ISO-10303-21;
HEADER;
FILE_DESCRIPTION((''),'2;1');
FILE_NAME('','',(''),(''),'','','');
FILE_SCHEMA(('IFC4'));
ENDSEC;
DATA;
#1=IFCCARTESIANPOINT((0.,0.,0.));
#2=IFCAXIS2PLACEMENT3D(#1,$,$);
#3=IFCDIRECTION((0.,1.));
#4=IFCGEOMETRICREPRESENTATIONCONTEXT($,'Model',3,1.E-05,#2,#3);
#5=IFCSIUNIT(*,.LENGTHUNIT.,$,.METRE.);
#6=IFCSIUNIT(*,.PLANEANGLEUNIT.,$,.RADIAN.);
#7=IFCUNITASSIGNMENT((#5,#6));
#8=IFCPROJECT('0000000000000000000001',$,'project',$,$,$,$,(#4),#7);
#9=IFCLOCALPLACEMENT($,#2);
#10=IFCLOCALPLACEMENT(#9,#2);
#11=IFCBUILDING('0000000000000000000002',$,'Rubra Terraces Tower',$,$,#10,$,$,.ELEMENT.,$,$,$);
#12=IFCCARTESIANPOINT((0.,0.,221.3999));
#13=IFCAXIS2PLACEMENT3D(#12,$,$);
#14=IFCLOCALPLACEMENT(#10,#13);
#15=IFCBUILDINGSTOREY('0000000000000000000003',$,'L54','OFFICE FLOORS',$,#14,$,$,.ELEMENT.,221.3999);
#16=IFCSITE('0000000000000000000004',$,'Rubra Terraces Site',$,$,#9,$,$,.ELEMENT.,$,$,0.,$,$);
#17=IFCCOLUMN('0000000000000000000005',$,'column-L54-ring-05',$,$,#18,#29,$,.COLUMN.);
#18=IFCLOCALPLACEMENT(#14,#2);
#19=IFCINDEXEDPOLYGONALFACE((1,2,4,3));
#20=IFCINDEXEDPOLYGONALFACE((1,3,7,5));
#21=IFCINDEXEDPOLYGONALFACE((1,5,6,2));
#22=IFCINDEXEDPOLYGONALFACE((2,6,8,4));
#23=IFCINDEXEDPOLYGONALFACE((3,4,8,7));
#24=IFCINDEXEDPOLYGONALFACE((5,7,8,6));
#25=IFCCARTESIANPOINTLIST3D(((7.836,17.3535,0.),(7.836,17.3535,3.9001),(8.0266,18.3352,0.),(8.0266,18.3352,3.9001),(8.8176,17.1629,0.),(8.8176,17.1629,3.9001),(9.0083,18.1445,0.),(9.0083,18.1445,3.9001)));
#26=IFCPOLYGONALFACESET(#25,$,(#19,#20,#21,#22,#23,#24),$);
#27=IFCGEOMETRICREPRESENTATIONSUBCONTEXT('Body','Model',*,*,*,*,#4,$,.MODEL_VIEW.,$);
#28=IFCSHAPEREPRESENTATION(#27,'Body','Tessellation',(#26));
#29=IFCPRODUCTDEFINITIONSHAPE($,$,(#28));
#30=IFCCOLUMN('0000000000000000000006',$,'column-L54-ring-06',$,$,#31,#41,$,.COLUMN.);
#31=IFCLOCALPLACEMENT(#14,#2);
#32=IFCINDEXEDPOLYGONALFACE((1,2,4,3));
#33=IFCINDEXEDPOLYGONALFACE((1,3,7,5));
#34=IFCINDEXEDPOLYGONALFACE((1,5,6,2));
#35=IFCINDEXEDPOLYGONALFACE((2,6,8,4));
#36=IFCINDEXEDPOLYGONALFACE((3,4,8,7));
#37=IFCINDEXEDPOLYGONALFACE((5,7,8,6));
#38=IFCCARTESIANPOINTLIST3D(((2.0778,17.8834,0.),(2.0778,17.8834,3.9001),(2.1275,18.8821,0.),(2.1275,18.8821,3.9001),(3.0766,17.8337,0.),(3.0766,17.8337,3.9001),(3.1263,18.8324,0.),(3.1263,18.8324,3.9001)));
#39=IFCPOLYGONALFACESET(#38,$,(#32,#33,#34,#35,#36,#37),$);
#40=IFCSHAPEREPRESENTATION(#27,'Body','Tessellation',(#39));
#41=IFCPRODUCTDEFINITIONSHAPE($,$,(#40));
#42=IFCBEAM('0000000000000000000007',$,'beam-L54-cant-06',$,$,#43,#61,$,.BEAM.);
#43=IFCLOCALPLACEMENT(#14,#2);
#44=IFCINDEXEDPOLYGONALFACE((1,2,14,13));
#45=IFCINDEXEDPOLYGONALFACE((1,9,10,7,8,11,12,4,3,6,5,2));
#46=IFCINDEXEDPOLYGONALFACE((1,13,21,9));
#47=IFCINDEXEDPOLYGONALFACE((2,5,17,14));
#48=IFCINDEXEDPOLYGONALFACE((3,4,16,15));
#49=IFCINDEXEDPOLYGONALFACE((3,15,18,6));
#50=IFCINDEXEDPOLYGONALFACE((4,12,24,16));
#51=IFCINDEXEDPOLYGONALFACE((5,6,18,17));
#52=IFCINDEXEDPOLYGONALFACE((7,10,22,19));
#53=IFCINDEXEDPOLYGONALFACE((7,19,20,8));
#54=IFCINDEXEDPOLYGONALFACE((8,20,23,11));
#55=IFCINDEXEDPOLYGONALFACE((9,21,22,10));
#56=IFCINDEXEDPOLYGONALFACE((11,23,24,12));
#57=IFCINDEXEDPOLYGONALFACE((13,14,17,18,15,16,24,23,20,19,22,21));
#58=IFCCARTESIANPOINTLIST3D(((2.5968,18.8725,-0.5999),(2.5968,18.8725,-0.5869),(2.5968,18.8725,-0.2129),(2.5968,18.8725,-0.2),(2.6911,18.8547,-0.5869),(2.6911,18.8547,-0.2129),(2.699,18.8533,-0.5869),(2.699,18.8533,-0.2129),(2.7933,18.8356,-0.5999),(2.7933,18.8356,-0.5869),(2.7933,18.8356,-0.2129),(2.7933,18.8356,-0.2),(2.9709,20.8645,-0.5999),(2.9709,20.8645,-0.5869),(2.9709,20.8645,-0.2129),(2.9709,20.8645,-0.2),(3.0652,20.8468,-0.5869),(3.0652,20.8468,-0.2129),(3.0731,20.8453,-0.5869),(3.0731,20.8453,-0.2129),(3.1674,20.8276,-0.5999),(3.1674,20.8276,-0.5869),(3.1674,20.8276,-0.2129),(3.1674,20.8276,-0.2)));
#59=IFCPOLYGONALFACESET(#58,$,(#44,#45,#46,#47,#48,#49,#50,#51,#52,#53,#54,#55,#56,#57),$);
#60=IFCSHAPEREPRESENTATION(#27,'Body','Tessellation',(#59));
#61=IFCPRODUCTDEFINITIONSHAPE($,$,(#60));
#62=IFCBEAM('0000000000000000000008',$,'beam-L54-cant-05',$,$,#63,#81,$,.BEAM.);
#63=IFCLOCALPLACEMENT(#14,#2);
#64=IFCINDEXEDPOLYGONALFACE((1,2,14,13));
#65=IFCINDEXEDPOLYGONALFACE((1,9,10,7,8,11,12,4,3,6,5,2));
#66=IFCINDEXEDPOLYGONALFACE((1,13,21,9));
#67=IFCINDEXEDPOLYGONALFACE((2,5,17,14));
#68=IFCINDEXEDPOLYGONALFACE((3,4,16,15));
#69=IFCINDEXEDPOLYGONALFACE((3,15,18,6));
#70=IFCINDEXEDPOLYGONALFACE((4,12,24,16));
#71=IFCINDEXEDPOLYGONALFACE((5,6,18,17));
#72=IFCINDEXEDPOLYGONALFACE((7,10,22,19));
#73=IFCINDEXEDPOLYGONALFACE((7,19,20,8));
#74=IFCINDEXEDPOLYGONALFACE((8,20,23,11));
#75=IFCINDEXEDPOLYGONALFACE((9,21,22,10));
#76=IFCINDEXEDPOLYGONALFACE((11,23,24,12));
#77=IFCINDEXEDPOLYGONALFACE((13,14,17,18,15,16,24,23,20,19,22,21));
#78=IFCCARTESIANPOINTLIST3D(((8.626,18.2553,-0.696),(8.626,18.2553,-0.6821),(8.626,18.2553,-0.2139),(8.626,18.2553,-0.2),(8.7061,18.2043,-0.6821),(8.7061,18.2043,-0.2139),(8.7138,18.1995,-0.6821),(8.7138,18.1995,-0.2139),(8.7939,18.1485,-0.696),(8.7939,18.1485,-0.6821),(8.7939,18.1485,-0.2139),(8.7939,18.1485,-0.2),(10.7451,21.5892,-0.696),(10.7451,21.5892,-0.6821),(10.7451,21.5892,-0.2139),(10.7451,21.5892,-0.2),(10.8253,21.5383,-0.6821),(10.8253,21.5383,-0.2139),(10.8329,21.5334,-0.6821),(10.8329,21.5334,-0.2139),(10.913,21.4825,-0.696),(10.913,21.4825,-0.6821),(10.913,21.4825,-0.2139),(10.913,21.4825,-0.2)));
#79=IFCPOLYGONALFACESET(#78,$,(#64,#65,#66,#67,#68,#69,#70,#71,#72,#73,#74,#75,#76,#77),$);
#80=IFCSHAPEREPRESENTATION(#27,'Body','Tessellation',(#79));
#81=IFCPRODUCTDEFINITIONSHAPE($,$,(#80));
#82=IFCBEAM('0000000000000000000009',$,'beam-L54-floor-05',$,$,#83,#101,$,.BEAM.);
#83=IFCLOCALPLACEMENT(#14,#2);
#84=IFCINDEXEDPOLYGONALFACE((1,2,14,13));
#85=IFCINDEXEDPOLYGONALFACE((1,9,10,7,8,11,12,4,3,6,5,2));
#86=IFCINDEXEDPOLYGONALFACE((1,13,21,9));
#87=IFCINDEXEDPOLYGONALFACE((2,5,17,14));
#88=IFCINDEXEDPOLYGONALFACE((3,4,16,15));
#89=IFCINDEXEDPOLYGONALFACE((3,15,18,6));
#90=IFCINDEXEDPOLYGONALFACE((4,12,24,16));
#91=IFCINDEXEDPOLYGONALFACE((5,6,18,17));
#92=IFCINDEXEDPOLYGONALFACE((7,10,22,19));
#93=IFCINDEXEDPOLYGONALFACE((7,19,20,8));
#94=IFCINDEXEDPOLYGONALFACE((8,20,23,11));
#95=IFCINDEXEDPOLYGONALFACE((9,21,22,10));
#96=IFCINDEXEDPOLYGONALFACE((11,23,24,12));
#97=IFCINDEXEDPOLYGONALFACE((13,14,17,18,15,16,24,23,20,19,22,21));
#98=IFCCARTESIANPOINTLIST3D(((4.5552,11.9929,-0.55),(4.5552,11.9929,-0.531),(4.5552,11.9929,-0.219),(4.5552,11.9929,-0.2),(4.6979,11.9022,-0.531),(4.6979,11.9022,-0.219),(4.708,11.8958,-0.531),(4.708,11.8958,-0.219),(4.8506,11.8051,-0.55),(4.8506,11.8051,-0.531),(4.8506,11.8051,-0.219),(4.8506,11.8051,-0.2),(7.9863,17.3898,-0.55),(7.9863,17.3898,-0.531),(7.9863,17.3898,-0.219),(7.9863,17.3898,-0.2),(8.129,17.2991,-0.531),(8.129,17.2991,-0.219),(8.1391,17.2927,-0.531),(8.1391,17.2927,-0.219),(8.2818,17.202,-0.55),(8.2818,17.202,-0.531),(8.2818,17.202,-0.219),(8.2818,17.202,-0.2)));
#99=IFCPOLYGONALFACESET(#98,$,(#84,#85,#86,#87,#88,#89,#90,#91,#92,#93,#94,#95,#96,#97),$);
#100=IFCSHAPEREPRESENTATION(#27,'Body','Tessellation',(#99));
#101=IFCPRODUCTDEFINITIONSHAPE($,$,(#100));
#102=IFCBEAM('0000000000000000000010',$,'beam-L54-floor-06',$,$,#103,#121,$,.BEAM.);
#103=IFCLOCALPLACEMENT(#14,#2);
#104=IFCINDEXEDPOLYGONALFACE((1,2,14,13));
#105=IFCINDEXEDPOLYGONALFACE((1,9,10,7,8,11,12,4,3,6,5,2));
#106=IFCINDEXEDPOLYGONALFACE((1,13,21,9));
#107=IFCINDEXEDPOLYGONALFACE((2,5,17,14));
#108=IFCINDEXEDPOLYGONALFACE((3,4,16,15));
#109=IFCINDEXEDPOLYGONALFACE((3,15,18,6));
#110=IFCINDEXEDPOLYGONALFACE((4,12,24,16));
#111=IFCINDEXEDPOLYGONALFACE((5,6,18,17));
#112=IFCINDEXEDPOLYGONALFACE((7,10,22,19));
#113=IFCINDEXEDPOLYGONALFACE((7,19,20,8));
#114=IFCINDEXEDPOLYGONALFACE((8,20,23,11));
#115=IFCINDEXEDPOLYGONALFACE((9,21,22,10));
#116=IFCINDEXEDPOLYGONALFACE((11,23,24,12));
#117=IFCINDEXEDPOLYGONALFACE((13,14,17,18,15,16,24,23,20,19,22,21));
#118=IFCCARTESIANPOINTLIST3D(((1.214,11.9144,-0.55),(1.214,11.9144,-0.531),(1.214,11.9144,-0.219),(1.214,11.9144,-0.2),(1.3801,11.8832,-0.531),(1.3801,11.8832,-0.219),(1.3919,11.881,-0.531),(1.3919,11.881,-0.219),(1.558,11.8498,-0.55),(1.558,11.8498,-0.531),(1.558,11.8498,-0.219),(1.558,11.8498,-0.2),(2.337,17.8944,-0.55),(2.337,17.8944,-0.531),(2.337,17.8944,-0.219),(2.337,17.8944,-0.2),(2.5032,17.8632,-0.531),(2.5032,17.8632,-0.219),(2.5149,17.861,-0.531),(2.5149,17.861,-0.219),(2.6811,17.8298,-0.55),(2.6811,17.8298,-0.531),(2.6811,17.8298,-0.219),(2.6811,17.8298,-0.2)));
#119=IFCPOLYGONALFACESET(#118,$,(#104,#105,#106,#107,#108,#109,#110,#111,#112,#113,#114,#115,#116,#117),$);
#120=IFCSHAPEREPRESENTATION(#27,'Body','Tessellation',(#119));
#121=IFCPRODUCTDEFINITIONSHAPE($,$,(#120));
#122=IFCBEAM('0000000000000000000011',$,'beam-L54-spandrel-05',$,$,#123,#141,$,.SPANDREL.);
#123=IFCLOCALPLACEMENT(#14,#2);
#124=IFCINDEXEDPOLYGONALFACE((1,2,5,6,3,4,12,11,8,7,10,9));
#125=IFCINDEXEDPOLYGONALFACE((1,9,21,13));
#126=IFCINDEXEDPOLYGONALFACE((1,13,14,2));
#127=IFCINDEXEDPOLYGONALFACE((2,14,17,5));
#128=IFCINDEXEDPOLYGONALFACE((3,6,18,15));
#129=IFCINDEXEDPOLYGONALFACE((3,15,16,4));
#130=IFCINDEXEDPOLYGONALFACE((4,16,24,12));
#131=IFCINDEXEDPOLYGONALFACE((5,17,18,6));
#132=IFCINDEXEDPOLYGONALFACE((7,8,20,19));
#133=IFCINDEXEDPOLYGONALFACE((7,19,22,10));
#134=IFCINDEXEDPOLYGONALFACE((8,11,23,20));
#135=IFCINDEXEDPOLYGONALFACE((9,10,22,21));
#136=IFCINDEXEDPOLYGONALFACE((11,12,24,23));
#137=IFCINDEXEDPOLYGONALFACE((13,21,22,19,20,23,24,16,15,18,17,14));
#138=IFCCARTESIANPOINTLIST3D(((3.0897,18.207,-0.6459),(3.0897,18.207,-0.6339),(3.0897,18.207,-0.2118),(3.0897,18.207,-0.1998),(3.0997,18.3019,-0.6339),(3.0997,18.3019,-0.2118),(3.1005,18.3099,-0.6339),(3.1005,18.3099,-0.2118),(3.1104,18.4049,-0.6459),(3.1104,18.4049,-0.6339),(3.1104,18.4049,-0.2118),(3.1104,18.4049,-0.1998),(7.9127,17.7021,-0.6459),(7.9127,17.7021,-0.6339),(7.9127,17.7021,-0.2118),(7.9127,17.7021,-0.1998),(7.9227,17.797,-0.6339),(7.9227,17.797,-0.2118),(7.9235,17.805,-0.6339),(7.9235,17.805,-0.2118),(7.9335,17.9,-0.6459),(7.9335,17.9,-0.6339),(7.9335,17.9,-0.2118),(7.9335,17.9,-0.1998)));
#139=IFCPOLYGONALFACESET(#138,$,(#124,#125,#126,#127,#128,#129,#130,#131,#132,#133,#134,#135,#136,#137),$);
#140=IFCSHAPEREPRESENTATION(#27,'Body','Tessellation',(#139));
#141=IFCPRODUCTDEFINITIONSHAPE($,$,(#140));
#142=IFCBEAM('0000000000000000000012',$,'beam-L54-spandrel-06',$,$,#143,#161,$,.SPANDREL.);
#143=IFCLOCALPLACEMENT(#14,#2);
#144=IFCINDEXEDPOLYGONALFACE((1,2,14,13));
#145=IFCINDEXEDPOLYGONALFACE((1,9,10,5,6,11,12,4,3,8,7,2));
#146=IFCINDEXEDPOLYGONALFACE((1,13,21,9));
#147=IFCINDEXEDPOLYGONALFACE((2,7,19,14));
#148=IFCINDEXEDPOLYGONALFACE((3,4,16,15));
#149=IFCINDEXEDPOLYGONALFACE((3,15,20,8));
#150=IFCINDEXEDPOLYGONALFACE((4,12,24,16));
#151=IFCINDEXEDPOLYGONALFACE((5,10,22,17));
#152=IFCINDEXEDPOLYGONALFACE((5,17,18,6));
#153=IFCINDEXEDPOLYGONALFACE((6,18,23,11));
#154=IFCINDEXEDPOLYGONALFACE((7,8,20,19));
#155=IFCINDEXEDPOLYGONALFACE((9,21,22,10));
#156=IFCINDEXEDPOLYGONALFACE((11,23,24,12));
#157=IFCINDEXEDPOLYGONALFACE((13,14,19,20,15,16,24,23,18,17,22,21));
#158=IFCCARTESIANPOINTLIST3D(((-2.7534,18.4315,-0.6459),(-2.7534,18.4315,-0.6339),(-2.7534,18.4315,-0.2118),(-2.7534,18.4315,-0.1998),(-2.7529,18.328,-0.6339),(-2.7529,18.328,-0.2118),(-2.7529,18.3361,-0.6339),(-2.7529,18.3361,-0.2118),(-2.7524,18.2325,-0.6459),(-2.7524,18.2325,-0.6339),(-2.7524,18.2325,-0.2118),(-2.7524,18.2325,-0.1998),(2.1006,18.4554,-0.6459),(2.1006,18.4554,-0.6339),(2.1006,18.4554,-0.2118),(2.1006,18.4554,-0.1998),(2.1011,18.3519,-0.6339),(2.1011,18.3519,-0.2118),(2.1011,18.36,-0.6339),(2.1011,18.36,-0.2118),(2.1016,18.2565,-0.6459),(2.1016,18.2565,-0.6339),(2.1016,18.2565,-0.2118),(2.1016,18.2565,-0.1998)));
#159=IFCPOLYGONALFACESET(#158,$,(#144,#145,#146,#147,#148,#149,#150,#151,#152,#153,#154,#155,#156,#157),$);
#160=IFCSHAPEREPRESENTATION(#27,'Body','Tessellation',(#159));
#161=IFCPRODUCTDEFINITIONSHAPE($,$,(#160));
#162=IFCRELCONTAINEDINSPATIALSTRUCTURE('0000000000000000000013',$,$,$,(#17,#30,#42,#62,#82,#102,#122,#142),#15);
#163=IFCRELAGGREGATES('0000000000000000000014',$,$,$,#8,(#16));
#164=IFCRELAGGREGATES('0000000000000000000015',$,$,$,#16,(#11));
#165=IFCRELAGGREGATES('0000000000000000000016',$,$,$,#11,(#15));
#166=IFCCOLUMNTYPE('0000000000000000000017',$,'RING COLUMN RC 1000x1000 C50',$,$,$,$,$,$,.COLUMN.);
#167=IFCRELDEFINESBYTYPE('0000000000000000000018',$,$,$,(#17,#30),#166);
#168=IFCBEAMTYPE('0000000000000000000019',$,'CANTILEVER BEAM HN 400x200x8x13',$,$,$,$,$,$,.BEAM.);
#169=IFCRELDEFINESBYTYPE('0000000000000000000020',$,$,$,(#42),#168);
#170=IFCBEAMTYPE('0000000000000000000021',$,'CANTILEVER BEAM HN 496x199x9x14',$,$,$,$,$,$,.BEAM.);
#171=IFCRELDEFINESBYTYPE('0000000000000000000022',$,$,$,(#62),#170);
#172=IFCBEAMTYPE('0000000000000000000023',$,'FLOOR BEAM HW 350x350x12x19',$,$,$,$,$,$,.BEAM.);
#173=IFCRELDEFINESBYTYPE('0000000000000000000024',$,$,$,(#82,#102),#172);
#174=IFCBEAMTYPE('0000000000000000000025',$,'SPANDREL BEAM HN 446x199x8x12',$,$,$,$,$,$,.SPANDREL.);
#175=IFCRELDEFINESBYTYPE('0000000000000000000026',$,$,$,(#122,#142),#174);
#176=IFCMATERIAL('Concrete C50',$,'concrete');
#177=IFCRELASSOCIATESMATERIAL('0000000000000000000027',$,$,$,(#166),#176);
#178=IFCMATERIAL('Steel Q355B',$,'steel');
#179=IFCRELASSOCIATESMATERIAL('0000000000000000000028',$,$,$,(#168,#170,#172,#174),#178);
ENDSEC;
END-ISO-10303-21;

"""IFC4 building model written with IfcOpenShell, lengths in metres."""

from ifc_helpers import new_model, si_unit, direction, frame, origin, origin_2d, place, context, subcontext, project, spatial, rectangle, i_section, extrude, material, material_profile, profile_set, type_object, element, save


model = new_model("IFC4")

# Units and contexts
model_context = context("Model", 3, precision=1e-05, world=origin(), true_north=direction((0.0, 1.0)))
body_context = subcontext(model_context, "Body", "Model", "MODEL_VIEW")
ifc_project = project(units=[si_unit("LENGTHUNIT", "METRE"), si_unit("PLANEANGLEUNIT", "RADIAN")], contexts=[model_context])

# Site, building, storey
site_placement = place(None, origin())
site = spatial("IfcSite", under=ifc_project, at=site_placement, Name="Rubra Terraces Site", CompositionType="ELEMENT", RefElevation=0.0)
building_placement = place(site_placement, origin())
building = spatial("IfcBuilding", under=site, at=building_placement, Name="Rubra Terraces Tower", CompositionType="ELEMENT")
storey_placement = place(building_placement, frame((0.0, 0.0, 221.3999)))
storey = spatial("IfcBuildingStorey", under=building, at=storey_placement, Name="L54", Description="OFFICE FLOORS", CompositionType="ELEMENT", Elevation=221.3999)

# Columns
ifc_material_1 = material(Name="Concrete C50", Category="concrete")
ifc_material_profile_1 = material_profile(ifc_material_1, rectangle(XDim=1.0, YDim=1.0, at=origin_2d()), Name="RC 1000x1000")
ifc_profile_set_1 = profile_set([ifc_material_profile_1], Name="Concrete C50")
column_type = type_object("IfcColumnType", Name="RING COLUMN RC 1000x1000 C50", PredefinedType="COLUMN", material=ifc_profile_set_1)
for number, where, z_axis, x_axis, name in (
    (1, (8.4221, 17.749, 0.0), (0.0, 0.0, 1.0), (-0.981655, 0.190668, 0.0), "column-L54-ring-05"),
    (2, (2.6021, 18.3579, 0.0), (0.0, 0.0, 1.0), (-0.998764, 0.049699, 0.0), "column-L54-ring-06"),
):
    element("IfcColumn", number, at=place(storey_placement, frame(where, z_axis=z_axis, x_axis=x_axis)), inside=storey, type_object=column_type, Name=name, PredefinedType="COLUMN", context=body_context, shape_type="SweptSolid", body=[
        extrude(rectangle(XDim=1.0, YDim=1.0, at=origin_2d()), origin(), (0.0, 0.0, 1.0), 3.9001),
    ])

# Beams
ifc_material_2 = material(Name="Steel Q355B", Category="steel")
ifc_material_profile_2 = material_profile(ifc_material_2, i_section(OverallWidth=0.2, OverallDepth=0.3999, WebThickness=0.0081, FlangeThickness=0.0129, at=origin_2d()), Name="HN 400x200x8x13")
ifc_profile_set_2 = profile_set([ifc_material_profile_2], Name="Steel Q355B")
beam_type_1 = type_object("IfcBeamType", Name="CANTILEVER BEAM HN 400x200x8x13", PredefinedType="BEAM", material=ifc_profile_set_2)
beam_1_placement = place(storey_placement, frame((2.6951, 18.854, -0.3999), z_axis=(0.184543, 0.982824, 0.0), x_axis=(-0.982824, 0.184543, 0.0)))
element("IfcBeam", 3, at=beam_1_placement, inside=storey, type_object=beam_type_1, Name="beam-L54-cant-06", PredefinedType="BEAM", context=body_context, shape_type="SweptSolid", body=[
    extrude(i_section(OverallWidth=0.2, OverallDepth=0.3999, WebThickness=0.0081, FlangeThickness=0.0129, at=origin_2d()), origin(), (0.0, 0.0, 1.0), 2.0269),
])
ifc_material_profile_3 = material_profile(ifc_material_2, i_section(OverallWidth=0.199, OverallDepth=0.4961, WebThickness=0.009, FlangeThickness=0.0139, at=origin_2d()), Name="HN 496x199x9x14")
ifc_profile_set_3 = profile_set([ifc_material_profile_3], Name="Steel Q355B")
beam_type_2 = type_object("IfcBeamType", Name="CANTILEVER BEAM HN 496x199x9x14", PredefinedType="BEAM", material=ifc_profile_set_3)
beam_2_placement = place(storey_placement, frame((8.71, 18.2019, -0.448), z_axis=(0.536428, 0.843946, 0.0), x_axis=(-0.843946, 0.536428, 0.0)))
element("IfcBeam", 4, at=beam_2_placement, inside=storey, type_object=beam_type_2, Name="beam-L54-cant-05", PredefinedType="BEAM", context=body_context, shape_type="SweptSolid", body=[
    extrude(i_section(OverallWidth=0.199, OverallDepth=0.4961, WebThickness=0.009, FlangeThickness=0.0139, at=origin_2d()), origin(), (0.0, 0.0, 1.0), 3.9504),
])
ifc_material_profile_4 = material_profile(ifc_material_2, i_section(OverallWidth=0.3501, OverallDepth=0.3501, WebThickness=0.012, FlangeThickness=0.019, at=origin_2d()), Name="HW 350x350x12x19")
ifc_profile_set_4 = profile_set([ifc_material_profile_4], Name="Steel Q355B")
beam_type_3 = type_object("IfcBeamType", Name="FLOOR BEAM HW 350x350x12x19", PredefinedType="BEAM", material=ifc_profile_set_4)
beam_3_placement = place(storey_placement, frame((8.134, 17.2959, -0.375), z_axis=(-0.53651, -0.843894, 0.0), x_axis=(0.843894, -0.53651, 0.0)))
element("IfcBeam", 5, at=beam_3_placement, inside=storey, type_object=beam_type_3, Name="beam-L54-floor-05", PredefinedType="BEAM", context=body_context, shape_type="SweptSolid", body=[
    extrude(i_section(OverallWidth=0.3501, OverallDepth=0.3501, WebThickness=0.012, FlangeThickness=0.019, at=origin_2d()), origin(), (0.0, 0.0, 1.0), 6.3953),
])
beam_4_placement = place(storey_placement, frame((2.509, 17.8621, -0.375), z_axis=(-0.184574, -0.982819, 0.0), x_axis=(0.982819, -0.184574, 0.0)))
element("IfcBeam", 6, at=beam_4_placement, inside=storey, type_object=beam_type_3, Name="beam-L54-floor-06", PredefinedType="BEAM", context=body_context, shape_type="SweptSolid", body=[
    extrude(i_section(OverallWidth=0.3501, OverallDepth=0.3501, WebThickness=0.012, FlangeThickness=0.019, at=origin_2d()), origin(), (0.0, 0.0, 1.0), 6.0845),
])
ifc_material_profile_5 = material_profile(ifc_material_2, i_section(OverallWidth=0.199, OverallDepth=0.446, WebThickness=0.0081, FlangeThickness=0.012, at=origin_2d()), Name="HN 446x199x8x12")
ifc_profile_set_5 = profile_set([ifc_material_profile_5], Name="Steel Q355B")
beam_type_4 = type_object("IfcBeamType", Name="SPANDREL BEAM HN 446x199x8x12", PredefinedType="SPANDREL", material=ifc_profile_set_5)
beam_5_placement = place(storey_placement, frame((7.9231, 17.801, -0.4229), z_axis=(-0.994565, 0.104113, 0.0), x_axis=(-0.104113, -0.994565, 0.0)))
element("IfcBeam", 7, at=beam_5_placement, inside=storey, type_object=beam_type_4, Name="beam-L54-spandrel-05", PredefinedType="SPANDREL", context=body_context, shape_type="SweptSolid", body=[
    extrude(i_section(OverallWidth=0.199, OverallDepth=0.446, WebThickness=0.0081, FlangeThickness=0.012, at=origin_2d()), origin(), (0.0, 0.0, 1.0), 4.8494),
])
beam_6_placement = place(storey_placement, frame((2.1011, 18.356, -0.4229), z_axis=(-0.999988, -0.004929, 0.0), x_axis=(0.004929, -0.999988, 0.0)))
element("IfcBeam", 8, at=beam_6_placement, inside=storey, type_object=beam_type_4, Name="beam-L54-spandrel-06", PredefinedType="SPANDREL", context=body_context, shape_type="SweptSolid", body=[
    extrude(i_section(OverallWidth=0.199, OverallDepth=0.446, WebThickness=0.0081, FlangeThickness=0.012, at=origin_2d()), origin(), (0.0, 0.0, 1.0), 4.854),
])

save(model, "model.ifc")
